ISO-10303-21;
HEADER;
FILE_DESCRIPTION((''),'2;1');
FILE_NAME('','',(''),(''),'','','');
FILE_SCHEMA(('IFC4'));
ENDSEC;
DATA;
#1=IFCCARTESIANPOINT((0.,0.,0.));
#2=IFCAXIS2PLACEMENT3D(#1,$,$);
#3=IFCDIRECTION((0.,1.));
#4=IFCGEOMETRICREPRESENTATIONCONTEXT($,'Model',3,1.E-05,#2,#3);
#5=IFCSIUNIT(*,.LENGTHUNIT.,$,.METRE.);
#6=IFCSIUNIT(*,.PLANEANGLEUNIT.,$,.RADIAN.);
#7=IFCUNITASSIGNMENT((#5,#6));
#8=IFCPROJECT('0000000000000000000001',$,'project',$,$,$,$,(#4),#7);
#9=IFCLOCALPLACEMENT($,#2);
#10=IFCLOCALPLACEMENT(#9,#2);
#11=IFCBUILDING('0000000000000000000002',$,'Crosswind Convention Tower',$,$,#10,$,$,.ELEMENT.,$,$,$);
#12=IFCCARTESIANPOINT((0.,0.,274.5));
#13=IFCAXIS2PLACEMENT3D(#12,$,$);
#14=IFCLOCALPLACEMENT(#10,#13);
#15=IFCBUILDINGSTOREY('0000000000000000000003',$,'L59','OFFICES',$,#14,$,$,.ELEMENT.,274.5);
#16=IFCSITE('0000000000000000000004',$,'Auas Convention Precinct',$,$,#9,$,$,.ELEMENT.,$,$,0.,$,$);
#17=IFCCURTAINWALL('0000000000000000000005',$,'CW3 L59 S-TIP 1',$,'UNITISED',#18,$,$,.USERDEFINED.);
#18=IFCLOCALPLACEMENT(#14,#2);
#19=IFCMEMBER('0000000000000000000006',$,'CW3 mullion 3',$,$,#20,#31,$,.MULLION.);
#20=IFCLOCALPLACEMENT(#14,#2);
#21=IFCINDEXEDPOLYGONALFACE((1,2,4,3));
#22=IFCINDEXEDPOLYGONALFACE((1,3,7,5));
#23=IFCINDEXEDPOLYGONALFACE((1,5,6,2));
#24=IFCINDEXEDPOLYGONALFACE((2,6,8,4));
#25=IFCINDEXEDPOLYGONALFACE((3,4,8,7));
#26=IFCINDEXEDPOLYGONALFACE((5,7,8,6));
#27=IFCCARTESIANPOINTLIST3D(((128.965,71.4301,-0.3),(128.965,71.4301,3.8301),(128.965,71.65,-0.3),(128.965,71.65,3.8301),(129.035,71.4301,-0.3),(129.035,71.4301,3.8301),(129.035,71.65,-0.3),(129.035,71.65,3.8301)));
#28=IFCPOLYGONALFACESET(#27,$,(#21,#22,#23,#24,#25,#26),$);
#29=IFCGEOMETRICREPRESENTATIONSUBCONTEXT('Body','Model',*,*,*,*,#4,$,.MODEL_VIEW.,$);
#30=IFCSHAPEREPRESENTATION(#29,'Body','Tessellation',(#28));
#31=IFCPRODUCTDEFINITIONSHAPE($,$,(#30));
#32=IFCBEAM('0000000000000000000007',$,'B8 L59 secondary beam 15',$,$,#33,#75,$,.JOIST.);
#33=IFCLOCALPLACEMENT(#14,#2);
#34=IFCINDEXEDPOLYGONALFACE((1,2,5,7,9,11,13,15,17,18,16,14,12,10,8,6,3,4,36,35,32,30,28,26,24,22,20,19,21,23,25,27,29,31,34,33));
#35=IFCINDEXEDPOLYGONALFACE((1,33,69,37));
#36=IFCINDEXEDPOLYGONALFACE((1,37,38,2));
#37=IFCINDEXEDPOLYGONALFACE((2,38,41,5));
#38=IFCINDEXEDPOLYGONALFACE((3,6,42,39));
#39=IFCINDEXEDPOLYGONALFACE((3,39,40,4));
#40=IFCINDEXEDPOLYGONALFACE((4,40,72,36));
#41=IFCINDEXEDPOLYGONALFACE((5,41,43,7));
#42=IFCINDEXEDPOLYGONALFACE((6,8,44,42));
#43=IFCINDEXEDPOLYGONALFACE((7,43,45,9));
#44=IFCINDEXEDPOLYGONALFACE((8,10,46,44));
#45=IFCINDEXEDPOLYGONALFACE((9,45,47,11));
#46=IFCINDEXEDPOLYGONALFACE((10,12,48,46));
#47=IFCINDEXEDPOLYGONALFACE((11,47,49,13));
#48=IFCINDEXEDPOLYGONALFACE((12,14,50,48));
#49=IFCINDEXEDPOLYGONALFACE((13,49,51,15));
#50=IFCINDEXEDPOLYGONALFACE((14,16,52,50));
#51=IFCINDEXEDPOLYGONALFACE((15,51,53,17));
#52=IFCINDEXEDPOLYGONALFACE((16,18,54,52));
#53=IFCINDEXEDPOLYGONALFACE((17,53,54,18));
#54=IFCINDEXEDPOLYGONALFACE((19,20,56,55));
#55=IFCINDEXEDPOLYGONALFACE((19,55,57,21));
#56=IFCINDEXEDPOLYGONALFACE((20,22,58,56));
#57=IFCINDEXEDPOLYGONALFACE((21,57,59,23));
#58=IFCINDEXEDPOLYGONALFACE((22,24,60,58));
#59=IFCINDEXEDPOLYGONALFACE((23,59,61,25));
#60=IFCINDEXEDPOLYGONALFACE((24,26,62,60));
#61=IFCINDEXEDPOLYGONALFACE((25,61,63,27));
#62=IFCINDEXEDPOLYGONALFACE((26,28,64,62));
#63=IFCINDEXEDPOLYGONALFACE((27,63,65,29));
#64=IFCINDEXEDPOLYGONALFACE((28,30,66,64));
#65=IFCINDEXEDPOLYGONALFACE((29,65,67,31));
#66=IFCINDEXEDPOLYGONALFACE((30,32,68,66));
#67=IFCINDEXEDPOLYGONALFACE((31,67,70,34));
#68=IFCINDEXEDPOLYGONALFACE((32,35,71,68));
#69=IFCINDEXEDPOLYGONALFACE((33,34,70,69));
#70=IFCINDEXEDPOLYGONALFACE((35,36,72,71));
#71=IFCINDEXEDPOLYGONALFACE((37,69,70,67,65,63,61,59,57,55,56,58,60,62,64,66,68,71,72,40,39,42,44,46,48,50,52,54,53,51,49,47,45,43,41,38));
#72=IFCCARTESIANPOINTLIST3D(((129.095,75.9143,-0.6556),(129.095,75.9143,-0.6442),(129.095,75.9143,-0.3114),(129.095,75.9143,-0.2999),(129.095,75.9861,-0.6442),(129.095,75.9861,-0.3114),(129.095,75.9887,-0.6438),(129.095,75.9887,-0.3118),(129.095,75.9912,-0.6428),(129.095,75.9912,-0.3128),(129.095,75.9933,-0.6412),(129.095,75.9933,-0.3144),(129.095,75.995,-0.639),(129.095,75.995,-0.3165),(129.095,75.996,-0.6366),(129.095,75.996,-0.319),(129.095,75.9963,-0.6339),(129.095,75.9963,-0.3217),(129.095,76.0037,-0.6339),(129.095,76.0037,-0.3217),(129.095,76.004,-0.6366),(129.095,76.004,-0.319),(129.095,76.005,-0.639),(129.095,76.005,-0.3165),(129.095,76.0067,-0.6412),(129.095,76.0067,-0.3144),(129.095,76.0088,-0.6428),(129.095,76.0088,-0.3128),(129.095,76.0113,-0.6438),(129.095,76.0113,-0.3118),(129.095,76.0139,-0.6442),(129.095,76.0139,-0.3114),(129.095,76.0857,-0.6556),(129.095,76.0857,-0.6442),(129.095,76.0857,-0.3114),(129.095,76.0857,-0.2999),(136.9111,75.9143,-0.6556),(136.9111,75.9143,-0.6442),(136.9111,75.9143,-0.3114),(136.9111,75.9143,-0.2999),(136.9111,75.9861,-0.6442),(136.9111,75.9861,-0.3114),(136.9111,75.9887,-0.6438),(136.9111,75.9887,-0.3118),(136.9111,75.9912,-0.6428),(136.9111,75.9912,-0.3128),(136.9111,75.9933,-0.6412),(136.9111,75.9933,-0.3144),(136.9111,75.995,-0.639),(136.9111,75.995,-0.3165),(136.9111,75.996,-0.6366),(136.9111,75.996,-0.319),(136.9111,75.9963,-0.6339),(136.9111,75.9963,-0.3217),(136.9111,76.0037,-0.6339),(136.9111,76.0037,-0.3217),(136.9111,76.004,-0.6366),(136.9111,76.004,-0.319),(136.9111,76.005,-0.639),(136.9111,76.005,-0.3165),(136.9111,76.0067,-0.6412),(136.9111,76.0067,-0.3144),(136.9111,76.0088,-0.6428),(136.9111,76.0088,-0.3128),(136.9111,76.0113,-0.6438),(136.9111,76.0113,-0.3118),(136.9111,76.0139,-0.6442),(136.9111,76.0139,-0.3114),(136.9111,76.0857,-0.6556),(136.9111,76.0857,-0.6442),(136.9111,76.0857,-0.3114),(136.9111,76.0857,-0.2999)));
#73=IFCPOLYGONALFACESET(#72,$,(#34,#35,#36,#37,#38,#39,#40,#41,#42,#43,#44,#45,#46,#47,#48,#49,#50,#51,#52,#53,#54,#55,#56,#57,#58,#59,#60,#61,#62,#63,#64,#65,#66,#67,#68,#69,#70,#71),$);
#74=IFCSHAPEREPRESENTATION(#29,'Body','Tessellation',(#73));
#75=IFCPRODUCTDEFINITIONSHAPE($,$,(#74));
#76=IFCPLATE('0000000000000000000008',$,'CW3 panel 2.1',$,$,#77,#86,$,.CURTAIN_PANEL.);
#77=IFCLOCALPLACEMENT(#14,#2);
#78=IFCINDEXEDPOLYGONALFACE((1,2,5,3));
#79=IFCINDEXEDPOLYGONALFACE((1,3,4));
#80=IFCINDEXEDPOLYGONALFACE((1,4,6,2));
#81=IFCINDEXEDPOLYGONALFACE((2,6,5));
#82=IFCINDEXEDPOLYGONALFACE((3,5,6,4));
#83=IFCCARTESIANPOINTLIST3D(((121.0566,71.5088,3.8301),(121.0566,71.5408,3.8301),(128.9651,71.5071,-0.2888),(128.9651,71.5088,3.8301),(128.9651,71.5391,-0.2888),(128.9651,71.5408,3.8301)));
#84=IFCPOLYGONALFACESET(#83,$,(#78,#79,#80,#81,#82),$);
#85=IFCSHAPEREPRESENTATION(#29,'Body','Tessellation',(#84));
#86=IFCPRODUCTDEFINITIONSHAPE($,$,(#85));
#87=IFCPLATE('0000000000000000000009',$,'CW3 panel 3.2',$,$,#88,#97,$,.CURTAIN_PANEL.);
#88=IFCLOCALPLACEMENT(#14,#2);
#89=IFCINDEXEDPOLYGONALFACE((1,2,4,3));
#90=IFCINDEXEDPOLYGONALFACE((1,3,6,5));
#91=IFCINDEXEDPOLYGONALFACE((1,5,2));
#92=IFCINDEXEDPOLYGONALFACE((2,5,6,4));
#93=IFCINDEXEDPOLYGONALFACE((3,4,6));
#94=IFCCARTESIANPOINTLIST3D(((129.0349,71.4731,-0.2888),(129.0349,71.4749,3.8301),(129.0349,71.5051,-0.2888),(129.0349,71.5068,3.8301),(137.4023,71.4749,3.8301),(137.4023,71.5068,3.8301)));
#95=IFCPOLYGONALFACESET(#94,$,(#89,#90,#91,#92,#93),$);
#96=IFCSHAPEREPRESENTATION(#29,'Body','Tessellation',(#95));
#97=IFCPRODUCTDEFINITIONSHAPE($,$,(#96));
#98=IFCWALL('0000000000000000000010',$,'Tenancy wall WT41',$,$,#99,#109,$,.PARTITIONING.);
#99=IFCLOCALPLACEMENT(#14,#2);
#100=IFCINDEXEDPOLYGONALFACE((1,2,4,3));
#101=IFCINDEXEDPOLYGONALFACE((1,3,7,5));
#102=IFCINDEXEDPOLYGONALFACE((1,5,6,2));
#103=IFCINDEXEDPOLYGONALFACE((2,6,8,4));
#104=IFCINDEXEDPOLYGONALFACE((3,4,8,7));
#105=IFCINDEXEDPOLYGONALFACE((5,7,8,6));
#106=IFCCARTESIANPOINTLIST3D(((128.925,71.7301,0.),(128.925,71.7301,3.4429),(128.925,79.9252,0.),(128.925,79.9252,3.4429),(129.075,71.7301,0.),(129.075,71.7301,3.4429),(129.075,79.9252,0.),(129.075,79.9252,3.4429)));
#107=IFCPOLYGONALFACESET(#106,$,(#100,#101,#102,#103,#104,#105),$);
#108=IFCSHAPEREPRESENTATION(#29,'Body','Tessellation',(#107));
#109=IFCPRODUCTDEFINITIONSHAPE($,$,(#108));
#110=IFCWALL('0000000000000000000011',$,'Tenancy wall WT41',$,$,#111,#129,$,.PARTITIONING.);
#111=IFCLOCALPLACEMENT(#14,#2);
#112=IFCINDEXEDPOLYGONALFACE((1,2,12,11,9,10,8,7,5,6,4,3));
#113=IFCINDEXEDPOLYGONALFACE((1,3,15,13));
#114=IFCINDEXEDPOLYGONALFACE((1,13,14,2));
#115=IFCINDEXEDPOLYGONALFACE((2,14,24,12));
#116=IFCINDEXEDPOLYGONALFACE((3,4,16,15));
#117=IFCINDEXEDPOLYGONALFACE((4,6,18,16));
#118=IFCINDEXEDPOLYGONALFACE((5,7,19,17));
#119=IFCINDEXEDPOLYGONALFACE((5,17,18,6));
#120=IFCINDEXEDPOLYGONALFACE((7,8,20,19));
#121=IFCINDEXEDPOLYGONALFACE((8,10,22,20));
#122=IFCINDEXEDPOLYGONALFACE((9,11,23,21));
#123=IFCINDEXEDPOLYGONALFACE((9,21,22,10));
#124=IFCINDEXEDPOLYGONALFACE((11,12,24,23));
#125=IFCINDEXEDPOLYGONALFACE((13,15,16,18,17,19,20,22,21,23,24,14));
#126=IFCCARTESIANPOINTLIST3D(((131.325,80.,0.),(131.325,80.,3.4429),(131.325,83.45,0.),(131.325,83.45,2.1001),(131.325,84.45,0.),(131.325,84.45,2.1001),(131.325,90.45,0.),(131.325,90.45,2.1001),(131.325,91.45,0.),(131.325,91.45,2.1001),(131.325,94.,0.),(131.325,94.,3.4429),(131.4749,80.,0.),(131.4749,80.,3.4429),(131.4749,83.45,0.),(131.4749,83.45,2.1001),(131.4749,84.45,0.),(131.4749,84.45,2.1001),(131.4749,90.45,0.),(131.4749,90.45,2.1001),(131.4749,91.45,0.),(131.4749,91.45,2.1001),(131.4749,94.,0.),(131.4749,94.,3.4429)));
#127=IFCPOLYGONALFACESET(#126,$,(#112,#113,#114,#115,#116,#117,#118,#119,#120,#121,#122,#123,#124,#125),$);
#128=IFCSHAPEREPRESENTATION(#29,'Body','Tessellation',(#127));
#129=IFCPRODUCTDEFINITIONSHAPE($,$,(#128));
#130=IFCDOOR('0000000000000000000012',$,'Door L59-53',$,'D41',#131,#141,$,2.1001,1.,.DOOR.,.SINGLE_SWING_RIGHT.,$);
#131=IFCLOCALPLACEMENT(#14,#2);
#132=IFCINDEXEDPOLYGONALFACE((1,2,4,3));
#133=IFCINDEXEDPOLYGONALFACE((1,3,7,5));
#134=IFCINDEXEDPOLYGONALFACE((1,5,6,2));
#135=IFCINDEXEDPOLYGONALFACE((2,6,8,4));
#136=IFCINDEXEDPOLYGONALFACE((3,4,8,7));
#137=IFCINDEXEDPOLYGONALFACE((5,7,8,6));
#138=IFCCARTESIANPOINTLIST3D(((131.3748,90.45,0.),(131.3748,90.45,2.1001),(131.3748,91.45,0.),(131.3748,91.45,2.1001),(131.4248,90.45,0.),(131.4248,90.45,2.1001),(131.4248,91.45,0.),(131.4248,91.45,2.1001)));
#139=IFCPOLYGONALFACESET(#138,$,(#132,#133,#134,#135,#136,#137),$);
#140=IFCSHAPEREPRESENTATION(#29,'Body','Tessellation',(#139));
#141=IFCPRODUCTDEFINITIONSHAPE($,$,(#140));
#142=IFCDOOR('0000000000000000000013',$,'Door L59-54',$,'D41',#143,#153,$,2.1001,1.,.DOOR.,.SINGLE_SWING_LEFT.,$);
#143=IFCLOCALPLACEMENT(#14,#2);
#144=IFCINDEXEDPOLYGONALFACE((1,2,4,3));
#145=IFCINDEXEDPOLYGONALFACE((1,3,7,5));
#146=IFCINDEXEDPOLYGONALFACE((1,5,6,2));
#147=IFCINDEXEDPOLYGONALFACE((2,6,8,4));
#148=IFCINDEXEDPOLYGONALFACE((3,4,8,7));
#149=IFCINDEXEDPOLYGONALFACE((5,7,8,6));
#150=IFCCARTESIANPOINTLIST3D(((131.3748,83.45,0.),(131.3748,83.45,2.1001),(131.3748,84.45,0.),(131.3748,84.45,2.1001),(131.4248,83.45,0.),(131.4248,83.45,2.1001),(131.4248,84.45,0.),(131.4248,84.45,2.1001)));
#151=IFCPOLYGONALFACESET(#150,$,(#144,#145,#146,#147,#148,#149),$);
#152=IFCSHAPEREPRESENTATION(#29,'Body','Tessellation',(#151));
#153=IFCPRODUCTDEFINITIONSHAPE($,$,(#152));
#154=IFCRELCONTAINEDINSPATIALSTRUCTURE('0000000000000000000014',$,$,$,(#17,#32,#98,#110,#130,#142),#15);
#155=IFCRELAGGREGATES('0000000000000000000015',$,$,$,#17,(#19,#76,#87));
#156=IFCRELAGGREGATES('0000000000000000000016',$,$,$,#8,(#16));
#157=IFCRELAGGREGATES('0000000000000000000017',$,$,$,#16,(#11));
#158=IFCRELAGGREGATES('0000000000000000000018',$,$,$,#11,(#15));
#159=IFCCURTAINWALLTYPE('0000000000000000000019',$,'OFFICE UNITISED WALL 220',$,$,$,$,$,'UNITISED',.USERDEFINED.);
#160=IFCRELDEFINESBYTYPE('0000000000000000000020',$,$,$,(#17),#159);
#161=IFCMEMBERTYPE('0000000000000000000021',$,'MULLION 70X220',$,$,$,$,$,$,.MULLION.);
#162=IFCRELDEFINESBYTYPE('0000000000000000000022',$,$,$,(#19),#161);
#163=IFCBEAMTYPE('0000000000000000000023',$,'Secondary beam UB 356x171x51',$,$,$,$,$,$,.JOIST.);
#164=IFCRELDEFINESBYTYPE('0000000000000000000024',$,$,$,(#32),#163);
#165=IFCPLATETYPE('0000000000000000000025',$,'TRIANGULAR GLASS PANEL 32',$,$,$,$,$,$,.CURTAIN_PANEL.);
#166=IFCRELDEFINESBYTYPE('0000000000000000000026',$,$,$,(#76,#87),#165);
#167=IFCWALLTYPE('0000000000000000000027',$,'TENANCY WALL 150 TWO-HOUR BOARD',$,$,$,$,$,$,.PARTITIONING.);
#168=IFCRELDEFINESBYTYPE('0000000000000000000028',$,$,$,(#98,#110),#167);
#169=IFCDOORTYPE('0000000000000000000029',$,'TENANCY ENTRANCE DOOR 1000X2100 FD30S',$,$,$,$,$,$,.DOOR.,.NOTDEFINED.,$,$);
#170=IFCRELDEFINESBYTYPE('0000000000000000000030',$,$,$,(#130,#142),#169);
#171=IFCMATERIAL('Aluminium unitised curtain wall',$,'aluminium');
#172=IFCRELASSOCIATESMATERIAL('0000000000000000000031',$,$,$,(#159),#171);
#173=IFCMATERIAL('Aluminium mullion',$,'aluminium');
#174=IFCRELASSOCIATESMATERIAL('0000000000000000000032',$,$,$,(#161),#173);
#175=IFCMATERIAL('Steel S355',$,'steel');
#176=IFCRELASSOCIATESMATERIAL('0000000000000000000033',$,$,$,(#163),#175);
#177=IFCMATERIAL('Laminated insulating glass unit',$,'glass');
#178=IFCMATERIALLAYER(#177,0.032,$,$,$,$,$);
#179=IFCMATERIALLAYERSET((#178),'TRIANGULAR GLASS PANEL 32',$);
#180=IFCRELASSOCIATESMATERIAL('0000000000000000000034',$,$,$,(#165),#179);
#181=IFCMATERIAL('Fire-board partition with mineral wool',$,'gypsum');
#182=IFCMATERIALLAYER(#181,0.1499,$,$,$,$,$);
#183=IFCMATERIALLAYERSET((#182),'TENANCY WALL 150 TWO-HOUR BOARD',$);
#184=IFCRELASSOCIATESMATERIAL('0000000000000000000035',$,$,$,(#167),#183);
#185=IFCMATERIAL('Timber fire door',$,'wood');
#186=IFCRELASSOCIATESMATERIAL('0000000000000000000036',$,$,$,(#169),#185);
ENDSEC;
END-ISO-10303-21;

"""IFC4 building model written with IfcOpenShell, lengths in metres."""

from ifc_helpers import new_model, si_unit, direction, frame, frame_2d, origin, origin_2d, place, context, subcontext, project, spatial, polyline, rectangle, i_section, outline, extrude, material, layer, layer_set, material_profile, profile_set, type_object, element, fill, aggregate, save


model = new_model("IFC4")

# Units and contexts
model_context = context("Model", 3, precision=1e-05, world=origin(), true_north=direction((0.0, 1.0)))
body_context = subcontext(model_context, "Body", "Model", "MODEL_VIEW")
ifc_project = project(units=[si_unit("LENGTHUNIT", "METRE"), si_unit("PLANEANGLEUNIT", "RADIAN")], contexts=[model_context])

# Site, building, storey
site_placement = place(None, origin())
site = spatial("IfcSite", under=ifc_project, at=site_placement, Name="Auas Convention Precinct", CompositionType="ELEMENT", RefElevation=0.0)
building_placement = place(site_placement, origin())
building = spatial("IfcBuilding", under=site, at=building_placement, Name="Crosswind Convention Tower", CompositionType="ELEMENT")
storey_placement = place(building_placement, frame((0.0, 0.0, 274.5)))
storey = spatial("IfcBuildingStorey", under=building, at=storey_placement, Name="L59", Description="OFFICES", CompositionType="ELEMENT", Elevation=274.5)

# Shared definitions
ifc_material_1 = material(Name="Steel S355", Category="steel")

# Curtain wall, member
ifc_material_2 = material(Name="Aluminium unitised curtain wall", Category="aluminium")
curtain_wall_type = type_object("IfcCurtainWallType", Name="OFFICE UNITISED WALL 220", ElementType="UNITISED", PredefinedType="USERDEFINED", material=ifc_material_2)
curtain_wall_placement = place(storey_placement, origin())
curtain_wall = element("IfcCurtainWall", 1, at=curtain_wall_placement, inside=storey, type_object=curtain_wall_type, Name="CW3 L59 S-TIP 1", ObjectType="UNITISED", PredefinedType="USERDEFINED")
ifc_material_3 = material(Name="Aluminium mullion", Category="aluminium")
ifc_material_profile_1 = material_profile(ifc_material_3, rectangle(XDim=0.22, YDim=0.0701, at=origin_2d()), Name="AL 220X70")
ifc_profile_set_1 = profile_set([ifc_material_profile_1], Name="Aluminium mullion")
member_type = type_object("IfcMemberType", Name="MULLION 70X220", PredefinedType="MULLION", material=ifc_profile_set_1)
member_placement = place(storey_placement, frame((129.0, 71.54, -0.3), z_axis=(0.0, 0.0, 1.0), x_axis=(0.0, -1.0, 0.0)))
member = element("IfcMember", 2, at=member_placement, type_object=member_type, Name="CW3 mullion 3", PredefinedType="MULLION", context=body_context, shape_type="SweptSolid", body=[
    extrude(rectangle(XDim=0.22, YDim=0.0701, at=origin_2d()), origin(), (0.0, 0.0, 1.0), 4.1301),
])

# Beam
ifc_material_profile_2 = material_profile(ifc_material_1, i_section(OverallWidth=0.1714, OverallDepth=0.3557, WebThickness=0.0073, FlangeThickness=0.0115, FilletRadius=0.0103, at=origin_2d()), Name="UB 356x171x51")
ifc_profile_set_2 = profile_set([ifc_material_profile_2], Name="Steel S355")
beam_type_1 = type_object("IfcBeamType", Name="Secondary beam UB 356x171x51", PredefinedType="JOIST", material=ifc_profile_set_2)
beam_1_placement = place(storey_placement, frame((129.095, 76.0, -0.4778), z_axis=(1.0, 0.0, 0.0), x_axis=(0.0, 1.0, 0.0)))
element("IfcBeam", 3, at=beam_1_placement, inside=storey, type_object=beam_type_1, Name="B8 L59 secondary beam 15", PredefinedType="JOIST", context=body_context, shape_type="SweptSolid", body=[
    extrude(i_section(OverallWidth=0.1714, OverallDepth=0.3557, WebThickness=0.0073, FlangeThickness=0.0115, FilletRadius=0.0103, at=origin_2d()), origin(), (0.0, 0.0, 1.0), 7.8162),
])

# Plates
ifc_material_4 = material(Name="Laminated insulating glass unit", Category="glass")
ifc_layer_1 = layer(ifc_material_4, 0.032)
ifc_layer_set_1 = layer_set([ifc_layer_1], Name="TRIANGULAR GLASS PANEL 32")
plate_type = type_object("IfcPlateType", Name="TRIANGULAR GLASS PANEL 32", PredefinedType="CURTAIN_PANEL", material=ifc_layer_set_1)
plate_1_placement = place(storey_placement, frame((128.9651, 71.5088, 3.8301), z_axis=(0.0, -1.0, 0.000415), x_axis=(-1.0, 0.0, 0.0)))
plate_1 = element("IfcPlate", 4, at=plate_1_placement, type_object=plate_type, Name="CW3 panel 2.1", PredefinedType="CURTAIN_PANEL", context=body_context, shape_type="SweptSolid", body=[
    extrude(outline(polyline([(0.0, 0.0), (7.9084, 0.0), (0.0, 4.1189), (0.0, 0.0)])), origin(), (0.0, 0.0, -1.0), 0.032),
])
plate_2_placement = place(storey_placement, frame((129.0349, 71.4749, 3.8301), z_axis=(0.0, -1.0, 0.000415), x_axis=(0.0, -0.000415, -1.0)))
plate_2 = element("IfcPlate", 5, at=plate_2_placement, type_object=plate_type, Name="CW3 panel 3.2", PredefinedType="CURTAIN_PANEL", context=body_context, shape_type="SweptSolid", body=[
    extrude(outline(polyline([(0.0, 0.0), (4.1189, 0.0), (0.0, 8.3674), (0.0, 0.0)])), origin(), (0.0, 0.0, -1.0), 0.032),
])
aggregate(curtain_wall, [member, plate_1, plate_2])

# Wall
ifc_material_5 = material(Name="Fire-board partition with mineral wool", Category="gypsum")
ifc_layer_2 = layer(ifc_material_5, 0.1499)
ifc_layer_set_2 = layer_set([ifc_layer_2], Name="TENANCY WALL 150 TWO-HOUR BOARD")
wall_type = type_object("IfcWallType", Name="TENANCY WALL 150 TWO-HOUR BOARD", PredefinedType="PARTITIONING", material=ifc_layer_set_2)
wall_1_placement = place(storey_placement, frame((129.0, 71.73, 0.0), z_axis=(0.0, 0.0, 1.0), x_axis=(0.0, 1.0, 0.0)))
element("IfcWall", 6, at=wall_1_placement, inside=storey, type_object=wall_type, Name="Tenancy wall WT41", PredefinedType="PARTITIONING", context=body_context, shape_type="SweptSolid", body=[
    extrude(rectangle(XDim=8.1951, YDim=0.1499, at=frame_2d((4.0977, 0.0))), origin(), (0.0, 0.0, 1.0), 3.4429),
])

# Wall, openings, doors
wall_2_placement = place(storey_placement, frame((131.3999, 80.0, 0.0), z_axis=(0.0, 0.0, 1.0), x_axis=(0.0, 1.0, 0.0)))
wall_2 = element("IfcWall", 7, at=wall_2_placement, inside=storey, type_object=wall_type, Name="Tenancy wall WT41", PredefinedType="PARTITIONING", context=body_context, shape_type="SweptSolid", body=[
    extrude(rectangle(XDim=14.0, YDim=0.1499, at=frame_2d((7.0, 0.0))), origin(), (0.0, 0.0, 1.0), 3.4429),
])
opening_1_placement = place(wall_2_placement, frame((10.45, 0.0, 0.0)))
opening_1 = element("IfcOpeningElement", 8, at=opening_1_placement, cuts=wall_2, PredefinedType="OPENING", context=body_context, shape_type="SweptSolid", body=[
    extrude(rectangle(XDim=1.0, YDim=2.1001, at=frame_2d((0.5, 1.05))), frame((0.0, 0.085, 0.0), z_axis=(0.0, -1.0, 0.0), x_axis=(1.0, 0.0, 0.0)), (0.0, 0.0, 1.0), 0.1699),
])
opening_2_placement = place(wall_2_placement, frame((3.45, 0.0, 0.0)))
opening_2 = element("IfcOpeningElement", 9, at=opening_2_placement, cuts=wall_2, PredefinedType="OPENING", context=body_context, shape_type="SweptSolid", body=[
    extrude(rectangle(XDim=1.0, YDim=2.1001, at=frame_2d((0.5, 1.05))), frame((0.0, 0.085, 0.0), z_axis=(0.0, -1.0, 0.0), x_axis=(1.0, 0.0, 0.0)), (0.0, 0.0, 1.0), 0.1699),
])
ifc_material_6 = material(Name="Timber fire door", Category="wood")
door_type = type_object("IfcDoorType", Name="TENANCY ENTRANCE DOOR 1000X2100 FD30S", OperationType="NOTDEFINED", PredefinedType="DOOR", material=ifc_material_6)
door_1_placement = place(opening_1_placement, frame((1.0, 0.0, 0.0), z_axis=(0.0, 0.0, 1.0), x_axis=(-1.0, 0.0, 0.0)))
door_1 = element("IfcDoor", 10, at=door_1_placement, inside=storey, type_object=door_type, Name="Door L59-53", ObjectType="D41", OperationType="SINGLE_SWING_RIGHT", OverallHeight=2.1001, OverallWidth=1.0, PredefinedType="DOOR", context=body_context, shape_type="SweptSolid", body=[
    extrude(rectangle(XDim=1.0, YDim=2.1001, at=frame_2d((0.5, 1.05))), frame((0.0, 0.0249, 0.0), z_axis=(0.0, -1.0, 0.0), x_axis=(1.0, 0.0, 0.0)), (0.0, 0.0, 1.0), 0.05),
])
fill(opening_1, door_1)
door_2_placement = place(opening_2_placement, frame((1.0, 0.0, 0.0), z_axis=(0.0, 0.0, 1.0), x_axis=(-1.0, 0.0, 0.0)))
door_2 = element("IfcDoor", 11, at=door_2_placement, inside=storey, type_object=door_type, Name="Door L59-54", ObjectType="D41", OperationType="SINGLE_SWING_LEFT", OverallHeight=2.1001, OverallWidth=1.0, PredefinedType="DOOR", context=body_context, shape_type="SweptSolid", body=[
    extrude(rectangle(XDim=1.0, YDim=2.1001, at=frame_2d((0.5, 1.05))), frame((0.0, 0.0249, 0.0), z_axis=(0.0, -1.0, 0.0), x_axis=(1.0, 0.0, 0.0)), (0.0, 0.0, 1.0), 0.05),
])
fill(opening_2, door_2)

save(model, "model.ifc")
